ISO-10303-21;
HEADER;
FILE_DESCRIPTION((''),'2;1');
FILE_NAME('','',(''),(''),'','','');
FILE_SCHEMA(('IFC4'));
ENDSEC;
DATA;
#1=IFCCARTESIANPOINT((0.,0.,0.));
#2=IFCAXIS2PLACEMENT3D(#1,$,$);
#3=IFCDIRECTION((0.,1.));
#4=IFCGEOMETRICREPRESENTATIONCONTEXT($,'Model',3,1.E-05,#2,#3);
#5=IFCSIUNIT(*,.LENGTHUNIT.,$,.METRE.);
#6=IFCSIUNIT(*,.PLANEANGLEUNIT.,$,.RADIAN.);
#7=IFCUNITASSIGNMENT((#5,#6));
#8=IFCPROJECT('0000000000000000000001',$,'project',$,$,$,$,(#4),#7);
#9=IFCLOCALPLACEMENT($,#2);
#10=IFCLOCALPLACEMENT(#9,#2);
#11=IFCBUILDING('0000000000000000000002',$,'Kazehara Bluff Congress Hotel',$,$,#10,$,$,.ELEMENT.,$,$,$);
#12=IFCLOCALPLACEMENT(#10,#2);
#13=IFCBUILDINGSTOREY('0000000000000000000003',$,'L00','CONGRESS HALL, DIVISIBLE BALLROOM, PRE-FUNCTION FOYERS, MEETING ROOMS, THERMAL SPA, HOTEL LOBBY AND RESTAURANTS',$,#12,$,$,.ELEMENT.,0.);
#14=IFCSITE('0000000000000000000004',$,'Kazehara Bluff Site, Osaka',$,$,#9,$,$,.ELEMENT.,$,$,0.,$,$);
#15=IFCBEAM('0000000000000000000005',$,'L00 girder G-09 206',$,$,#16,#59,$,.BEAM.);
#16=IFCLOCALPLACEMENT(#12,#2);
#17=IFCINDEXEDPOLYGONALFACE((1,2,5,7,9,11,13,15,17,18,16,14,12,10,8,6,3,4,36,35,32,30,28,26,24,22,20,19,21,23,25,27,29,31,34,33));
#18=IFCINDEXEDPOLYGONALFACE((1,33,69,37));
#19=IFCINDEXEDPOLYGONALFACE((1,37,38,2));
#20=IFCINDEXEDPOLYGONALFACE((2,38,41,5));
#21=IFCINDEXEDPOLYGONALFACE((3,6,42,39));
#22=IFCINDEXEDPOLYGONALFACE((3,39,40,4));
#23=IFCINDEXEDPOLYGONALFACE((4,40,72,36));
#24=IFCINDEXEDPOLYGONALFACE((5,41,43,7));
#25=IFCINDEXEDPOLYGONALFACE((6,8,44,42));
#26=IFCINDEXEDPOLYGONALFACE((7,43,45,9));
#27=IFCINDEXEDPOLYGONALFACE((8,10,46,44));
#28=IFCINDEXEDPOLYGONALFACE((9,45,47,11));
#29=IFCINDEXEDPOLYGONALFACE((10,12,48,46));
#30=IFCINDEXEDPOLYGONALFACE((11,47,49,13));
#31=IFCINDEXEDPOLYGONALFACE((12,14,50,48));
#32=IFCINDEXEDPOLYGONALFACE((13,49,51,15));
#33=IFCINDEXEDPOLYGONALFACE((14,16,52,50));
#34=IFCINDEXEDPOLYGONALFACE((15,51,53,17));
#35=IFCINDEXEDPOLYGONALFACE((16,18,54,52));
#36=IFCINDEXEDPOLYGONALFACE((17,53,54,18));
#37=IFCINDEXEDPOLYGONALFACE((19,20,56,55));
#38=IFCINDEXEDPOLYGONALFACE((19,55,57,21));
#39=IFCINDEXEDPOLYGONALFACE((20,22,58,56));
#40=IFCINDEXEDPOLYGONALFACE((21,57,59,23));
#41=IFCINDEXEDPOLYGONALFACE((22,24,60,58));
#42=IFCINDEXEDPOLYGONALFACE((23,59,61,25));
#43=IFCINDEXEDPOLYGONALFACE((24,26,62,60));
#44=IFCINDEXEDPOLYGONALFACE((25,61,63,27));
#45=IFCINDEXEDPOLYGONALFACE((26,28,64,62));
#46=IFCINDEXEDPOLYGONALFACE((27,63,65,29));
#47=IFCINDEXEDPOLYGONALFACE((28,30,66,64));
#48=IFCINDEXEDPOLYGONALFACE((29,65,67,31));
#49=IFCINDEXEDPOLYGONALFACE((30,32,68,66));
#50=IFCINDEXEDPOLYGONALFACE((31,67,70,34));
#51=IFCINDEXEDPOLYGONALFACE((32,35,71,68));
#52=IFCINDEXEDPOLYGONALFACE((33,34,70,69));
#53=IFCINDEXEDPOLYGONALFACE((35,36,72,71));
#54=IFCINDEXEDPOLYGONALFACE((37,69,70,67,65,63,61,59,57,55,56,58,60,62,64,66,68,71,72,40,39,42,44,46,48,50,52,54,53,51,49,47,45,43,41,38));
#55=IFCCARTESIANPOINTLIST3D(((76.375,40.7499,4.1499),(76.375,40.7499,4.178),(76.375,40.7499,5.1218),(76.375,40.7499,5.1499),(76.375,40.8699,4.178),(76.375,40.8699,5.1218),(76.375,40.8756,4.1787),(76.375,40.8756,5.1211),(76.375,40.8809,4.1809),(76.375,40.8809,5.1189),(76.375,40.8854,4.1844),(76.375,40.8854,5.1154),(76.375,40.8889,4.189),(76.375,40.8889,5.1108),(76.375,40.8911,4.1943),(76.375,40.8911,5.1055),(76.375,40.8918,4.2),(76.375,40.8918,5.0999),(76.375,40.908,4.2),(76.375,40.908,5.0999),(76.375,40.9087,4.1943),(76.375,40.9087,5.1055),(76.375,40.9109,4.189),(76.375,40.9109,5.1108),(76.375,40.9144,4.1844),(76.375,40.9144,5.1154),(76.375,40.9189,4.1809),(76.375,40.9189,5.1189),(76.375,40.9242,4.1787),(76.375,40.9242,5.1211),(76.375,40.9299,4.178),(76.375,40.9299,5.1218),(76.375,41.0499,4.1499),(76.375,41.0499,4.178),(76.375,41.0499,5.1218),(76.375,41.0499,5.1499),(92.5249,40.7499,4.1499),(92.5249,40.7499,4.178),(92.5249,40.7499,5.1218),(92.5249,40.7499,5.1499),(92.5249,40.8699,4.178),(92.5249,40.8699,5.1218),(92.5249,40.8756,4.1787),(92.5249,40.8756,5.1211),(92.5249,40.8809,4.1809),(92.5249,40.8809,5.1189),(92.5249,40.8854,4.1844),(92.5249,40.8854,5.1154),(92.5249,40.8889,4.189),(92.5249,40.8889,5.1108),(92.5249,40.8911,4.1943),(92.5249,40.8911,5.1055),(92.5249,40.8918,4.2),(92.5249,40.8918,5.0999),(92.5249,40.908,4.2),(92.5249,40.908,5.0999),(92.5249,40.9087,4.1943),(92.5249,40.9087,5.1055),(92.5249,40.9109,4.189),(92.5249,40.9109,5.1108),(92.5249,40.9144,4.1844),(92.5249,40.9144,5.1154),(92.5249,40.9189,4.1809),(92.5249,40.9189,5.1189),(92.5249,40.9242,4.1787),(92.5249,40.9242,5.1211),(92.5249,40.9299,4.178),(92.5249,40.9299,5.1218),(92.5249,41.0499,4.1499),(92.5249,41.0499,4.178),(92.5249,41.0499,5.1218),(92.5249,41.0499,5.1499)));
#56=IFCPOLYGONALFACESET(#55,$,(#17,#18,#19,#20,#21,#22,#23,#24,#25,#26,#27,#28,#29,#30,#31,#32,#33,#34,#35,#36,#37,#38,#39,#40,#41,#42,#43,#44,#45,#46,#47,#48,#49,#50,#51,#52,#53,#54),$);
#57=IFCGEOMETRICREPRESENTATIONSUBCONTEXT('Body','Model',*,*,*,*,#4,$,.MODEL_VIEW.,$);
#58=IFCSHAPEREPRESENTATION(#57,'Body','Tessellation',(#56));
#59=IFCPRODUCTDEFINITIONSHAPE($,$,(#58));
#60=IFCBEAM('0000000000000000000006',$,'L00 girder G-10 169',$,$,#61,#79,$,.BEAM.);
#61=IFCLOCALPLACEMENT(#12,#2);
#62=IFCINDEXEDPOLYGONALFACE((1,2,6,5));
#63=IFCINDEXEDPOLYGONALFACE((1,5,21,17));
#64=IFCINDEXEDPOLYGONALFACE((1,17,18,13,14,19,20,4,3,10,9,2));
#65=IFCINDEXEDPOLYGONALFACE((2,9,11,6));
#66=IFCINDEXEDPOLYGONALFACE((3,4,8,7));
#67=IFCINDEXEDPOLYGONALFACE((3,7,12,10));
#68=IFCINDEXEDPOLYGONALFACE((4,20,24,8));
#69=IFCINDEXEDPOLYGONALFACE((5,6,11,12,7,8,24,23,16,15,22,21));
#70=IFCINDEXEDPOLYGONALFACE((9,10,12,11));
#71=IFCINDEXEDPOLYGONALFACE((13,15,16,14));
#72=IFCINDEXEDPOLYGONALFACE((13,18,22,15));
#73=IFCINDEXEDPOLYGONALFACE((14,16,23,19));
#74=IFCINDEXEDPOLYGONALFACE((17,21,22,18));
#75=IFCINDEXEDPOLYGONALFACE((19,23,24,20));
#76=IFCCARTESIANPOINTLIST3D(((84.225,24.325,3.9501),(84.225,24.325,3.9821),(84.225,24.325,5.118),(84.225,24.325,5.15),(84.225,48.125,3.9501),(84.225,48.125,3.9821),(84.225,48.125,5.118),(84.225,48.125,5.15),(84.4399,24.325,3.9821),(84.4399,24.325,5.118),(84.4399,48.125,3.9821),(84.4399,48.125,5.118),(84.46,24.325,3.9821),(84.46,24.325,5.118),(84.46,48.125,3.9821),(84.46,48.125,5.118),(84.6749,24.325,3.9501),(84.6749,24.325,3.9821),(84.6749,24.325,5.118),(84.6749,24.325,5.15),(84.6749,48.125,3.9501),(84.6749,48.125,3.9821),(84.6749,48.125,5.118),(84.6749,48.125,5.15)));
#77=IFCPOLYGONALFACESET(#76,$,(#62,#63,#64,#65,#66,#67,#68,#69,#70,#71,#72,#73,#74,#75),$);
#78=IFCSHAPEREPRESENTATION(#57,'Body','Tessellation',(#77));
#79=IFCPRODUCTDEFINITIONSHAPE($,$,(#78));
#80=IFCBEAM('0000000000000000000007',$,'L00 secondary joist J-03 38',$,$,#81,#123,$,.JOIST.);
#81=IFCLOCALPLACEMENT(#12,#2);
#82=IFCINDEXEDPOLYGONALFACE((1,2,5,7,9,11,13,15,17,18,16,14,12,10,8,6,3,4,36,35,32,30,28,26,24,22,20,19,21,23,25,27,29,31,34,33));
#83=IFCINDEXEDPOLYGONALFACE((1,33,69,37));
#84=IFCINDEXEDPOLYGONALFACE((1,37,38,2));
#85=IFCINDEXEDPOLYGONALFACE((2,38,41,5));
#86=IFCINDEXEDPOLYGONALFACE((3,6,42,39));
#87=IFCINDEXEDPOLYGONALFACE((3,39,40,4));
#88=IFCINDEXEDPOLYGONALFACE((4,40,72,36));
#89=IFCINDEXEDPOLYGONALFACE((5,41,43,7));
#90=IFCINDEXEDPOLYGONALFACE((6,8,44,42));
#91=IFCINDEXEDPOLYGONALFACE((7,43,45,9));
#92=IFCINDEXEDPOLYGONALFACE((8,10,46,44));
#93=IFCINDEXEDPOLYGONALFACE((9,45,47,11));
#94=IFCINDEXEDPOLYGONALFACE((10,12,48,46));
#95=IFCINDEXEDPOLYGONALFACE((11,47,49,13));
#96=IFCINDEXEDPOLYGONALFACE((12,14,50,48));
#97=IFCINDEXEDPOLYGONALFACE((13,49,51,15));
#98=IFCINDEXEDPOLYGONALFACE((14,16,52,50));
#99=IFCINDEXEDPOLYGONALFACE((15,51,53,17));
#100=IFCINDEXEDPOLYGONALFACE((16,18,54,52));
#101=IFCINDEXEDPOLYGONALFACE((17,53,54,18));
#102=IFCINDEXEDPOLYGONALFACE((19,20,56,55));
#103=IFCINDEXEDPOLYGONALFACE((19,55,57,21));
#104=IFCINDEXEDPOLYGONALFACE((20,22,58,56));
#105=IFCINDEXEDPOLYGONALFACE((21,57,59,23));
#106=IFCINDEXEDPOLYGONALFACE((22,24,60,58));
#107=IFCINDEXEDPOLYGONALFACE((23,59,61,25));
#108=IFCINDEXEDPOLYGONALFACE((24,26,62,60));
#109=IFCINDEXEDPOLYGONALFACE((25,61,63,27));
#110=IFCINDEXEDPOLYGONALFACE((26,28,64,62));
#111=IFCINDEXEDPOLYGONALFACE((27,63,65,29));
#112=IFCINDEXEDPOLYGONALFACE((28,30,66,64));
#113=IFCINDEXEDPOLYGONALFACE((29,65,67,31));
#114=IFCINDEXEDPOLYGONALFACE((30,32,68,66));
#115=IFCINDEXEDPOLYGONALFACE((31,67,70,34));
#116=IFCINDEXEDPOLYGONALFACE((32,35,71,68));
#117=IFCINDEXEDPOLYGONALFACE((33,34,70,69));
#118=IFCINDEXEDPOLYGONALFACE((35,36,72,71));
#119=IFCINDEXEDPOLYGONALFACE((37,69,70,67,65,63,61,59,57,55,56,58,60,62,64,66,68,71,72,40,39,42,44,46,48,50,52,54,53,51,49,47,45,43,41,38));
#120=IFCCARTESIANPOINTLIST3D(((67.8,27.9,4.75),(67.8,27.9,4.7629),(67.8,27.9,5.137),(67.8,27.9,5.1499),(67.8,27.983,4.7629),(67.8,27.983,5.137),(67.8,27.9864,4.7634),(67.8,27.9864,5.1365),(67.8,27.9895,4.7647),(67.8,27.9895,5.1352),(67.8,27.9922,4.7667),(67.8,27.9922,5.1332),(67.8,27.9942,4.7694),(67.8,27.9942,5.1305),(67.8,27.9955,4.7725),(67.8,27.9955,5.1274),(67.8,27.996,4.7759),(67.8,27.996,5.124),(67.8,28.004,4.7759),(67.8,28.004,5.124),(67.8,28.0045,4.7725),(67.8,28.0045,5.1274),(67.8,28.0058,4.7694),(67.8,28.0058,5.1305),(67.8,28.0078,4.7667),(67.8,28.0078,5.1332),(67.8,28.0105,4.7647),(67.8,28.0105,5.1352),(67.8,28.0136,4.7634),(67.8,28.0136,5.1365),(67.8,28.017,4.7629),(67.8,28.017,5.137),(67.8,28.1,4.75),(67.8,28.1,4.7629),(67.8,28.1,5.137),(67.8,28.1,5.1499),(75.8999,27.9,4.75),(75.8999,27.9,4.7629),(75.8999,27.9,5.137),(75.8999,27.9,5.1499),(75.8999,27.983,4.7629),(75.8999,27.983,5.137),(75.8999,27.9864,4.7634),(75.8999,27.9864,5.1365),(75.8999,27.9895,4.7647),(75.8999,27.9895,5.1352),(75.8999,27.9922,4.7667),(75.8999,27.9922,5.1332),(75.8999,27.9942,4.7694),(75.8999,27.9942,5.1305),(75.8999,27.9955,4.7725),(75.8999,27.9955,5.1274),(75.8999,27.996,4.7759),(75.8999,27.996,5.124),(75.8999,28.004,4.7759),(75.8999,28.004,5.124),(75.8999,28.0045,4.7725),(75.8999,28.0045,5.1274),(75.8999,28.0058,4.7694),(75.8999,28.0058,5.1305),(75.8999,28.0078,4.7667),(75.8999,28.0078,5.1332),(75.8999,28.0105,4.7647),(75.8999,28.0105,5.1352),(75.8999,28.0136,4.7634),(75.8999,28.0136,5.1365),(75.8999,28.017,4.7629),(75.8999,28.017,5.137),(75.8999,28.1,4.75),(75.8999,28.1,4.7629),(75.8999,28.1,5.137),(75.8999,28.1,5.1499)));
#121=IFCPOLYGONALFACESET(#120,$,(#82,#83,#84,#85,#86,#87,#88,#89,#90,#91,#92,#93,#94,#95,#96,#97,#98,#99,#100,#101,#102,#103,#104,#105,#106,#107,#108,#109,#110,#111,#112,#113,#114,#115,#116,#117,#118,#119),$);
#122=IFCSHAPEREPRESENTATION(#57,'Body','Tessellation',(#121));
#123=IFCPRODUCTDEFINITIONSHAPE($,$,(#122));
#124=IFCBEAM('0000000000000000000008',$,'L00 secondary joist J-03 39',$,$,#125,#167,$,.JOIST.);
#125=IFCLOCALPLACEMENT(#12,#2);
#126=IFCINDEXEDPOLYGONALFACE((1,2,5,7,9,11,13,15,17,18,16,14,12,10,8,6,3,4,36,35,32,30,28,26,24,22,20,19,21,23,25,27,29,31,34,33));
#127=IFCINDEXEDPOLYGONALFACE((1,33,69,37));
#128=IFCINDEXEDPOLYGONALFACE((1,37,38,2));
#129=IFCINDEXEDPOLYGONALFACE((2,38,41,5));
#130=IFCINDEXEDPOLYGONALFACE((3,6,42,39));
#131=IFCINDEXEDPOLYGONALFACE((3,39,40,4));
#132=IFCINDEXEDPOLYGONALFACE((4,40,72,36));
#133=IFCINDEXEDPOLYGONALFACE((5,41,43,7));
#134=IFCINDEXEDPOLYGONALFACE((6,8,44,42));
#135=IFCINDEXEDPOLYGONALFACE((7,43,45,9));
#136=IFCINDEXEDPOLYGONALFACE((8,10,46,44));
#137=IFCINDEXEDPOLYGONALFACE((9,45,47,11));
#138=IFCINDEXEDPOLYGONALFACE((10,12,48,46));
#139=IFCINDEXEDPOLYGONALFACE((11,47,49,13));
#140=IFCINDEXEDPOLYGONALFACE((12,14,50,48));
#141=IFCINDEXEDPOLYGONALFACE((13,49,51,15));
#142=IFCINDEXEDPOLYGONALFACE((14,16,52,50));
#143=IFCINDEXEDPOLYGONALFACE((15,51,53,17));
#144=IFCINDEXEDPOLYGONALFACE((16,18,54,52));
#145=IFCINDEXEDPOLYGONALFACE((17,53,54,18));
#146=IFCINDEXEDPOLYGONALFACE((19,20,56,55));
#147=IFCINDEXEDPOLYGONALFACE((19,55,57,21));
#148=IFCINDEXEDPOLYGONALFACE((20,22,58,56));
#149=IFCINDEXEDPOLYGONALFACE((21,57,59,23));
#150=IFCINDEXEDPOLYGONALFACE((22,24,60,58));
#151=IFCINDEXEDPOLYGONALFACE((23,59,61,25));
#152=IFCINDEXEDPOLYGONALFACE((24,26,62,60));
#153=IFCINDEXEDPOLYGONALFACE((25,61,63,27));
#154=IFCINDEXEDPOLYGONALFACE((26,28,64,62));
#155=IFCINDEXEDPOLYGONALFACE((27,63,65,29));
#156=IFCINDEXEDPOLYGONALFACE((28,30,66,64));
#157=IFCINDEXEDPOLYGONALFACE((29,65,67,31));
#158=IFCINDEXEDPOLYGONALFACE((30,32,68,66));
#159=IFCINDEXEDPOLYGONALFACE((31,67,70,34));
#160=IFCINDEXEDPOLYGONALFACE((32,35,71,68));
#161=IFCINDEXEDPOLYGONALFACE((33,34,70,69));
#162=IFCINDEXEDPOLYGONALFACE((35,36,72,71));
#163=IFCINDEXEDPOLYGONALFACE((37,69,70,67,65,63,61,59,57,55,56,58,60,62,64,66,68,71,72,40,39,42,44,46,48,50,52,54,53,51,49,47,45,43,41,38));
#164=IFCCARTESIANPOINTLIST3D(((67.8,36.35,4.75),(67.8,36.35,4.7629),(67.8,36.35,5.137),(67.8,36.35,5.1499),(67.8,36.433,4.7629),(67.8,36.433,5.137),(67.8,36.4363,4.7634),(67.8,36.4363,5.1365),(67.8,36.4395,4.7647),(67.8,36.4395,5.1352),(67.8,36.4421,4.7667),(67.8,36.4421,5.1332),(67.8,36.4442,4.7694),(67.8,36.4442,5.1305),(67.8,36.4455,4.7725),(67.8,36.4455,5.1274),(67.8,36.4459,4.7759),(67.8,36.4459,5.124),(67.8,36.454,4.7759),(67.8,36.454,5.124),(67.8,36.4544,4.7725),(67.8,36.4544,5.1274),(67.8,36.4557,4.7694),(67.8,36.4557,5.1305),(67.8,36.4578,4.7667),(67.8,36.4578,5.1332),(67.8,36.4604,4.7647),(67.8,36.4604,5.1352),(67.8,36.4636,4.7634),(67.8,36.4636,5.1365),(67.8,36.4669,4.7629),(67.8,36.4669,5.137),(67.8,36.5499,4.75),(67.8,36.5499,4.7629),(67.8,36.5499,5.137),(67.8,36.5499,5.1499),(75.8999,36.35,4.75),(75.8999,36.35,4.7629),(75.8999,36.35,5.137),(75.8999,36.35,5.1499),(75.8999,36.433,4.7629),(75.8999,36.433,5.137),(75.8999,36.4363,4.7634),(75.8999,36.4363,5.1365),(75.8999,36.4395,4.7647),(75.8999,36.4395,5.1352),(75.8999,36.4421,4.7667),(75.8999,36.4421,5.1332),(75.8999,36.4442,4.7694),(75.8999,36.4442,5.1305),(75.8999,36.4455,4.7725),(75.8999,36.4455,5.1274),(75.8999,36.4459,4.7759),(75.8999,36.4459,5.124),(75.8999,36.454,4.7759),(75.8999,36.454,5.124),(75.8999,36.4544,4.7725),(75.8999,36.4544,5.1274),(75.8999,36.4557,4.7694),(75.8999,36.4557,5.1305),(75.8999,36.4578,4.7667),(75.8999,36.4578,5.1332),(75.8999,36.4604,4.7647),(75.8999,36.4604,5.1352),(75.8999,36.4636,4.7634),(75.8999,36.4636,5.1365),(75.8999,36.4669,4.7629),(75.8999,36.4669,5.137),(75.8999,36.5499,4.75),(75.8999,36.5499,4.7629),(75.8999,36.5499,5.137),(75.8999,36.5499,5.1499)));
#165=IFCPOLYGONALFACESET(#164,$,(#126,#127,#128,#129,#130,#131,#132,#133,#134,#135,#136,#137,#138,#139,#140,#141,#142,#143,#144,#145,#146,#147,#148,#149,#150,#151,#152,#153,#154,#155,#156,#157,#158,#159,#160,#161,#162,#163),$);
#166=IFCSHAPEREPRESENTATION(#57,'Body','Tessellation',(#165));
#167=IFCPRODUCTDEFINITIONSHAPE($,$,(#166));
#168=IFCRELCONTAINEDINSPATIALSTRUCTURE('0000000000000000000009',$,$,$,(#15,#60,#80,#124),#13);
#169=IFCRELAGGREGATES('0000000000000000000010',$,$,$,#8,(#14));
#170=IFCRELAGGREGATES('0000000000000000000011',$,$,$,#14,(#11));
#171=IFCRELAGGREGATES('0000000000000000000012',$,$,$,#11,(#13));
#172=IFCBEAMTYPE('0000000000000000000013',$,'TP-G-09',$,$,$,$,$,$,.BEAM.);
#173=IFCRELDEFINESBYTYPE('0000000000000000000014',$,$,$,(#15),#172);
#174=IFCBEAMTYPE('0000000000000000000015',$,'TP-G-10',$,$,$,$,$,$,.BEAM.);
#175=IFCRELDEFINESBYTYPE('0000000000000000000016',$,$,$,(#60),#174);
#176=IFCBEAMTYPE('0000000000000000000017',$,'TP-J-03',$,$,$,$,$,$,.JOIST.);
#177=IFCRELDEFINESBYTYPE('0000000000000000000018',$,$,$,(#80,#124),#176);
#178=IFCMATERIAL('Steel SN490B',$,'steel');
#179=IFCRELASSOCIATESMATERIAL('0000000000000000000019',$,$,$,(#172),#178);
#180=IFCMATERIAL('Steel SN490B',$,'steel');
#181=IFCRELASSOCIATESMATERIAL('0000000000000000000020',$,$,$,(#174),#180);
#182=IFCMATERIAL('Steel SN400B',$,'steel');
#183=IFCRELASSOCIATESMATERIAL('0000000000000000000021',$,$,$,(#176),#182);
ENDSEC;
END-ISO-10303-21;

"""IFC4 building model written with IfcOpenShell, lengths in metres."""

from ifc_helpers import new_model, si_unit, direction, frame, origin, origin_2d, place, context, subcontext, project, spatial, i_section, extrude, material, material_profile, profile_set, type_object, element, save


model = new_model("IFC4")

# Units and contexts
model_context = context("Model", 3, precision=1e-05, world=origin(), true_north=direction((0.0, 1.0)))
body_context = subcontext(model_context, "Body", "Model", "MODEL_VIEW")
ifc_project = project(units=[si_unit("LENGTHUNIT", "METRE"), si_unit("PLANEANGLEUNIT", "RADIAN")], contexts=[model_context])

# Site, building, storey
site_placement = place(None, origin())
site = spatial("IfcSite", under=ifc_project, at=site_placement, Name="Kazehara Bluff Site, Osaka", CompositionType="ELEMENT", RefElevation=0.0)
building_placement = place(site_placement, origin())
building = spatial("IfcBuilding", under=site, at=building_placement, Name="Kazehara Bluff Congress Hotel", CompositionType="ELEMENT")
storey_placement = place(building_placement, origin())
storey = spatial("IfcBuildingStorey", under=building, at=storey_placement, Name="L00", Description="CONGRESS HALL, DIVISIBLE BALLROOM, PRE-FUNCTION FOYERS, MEETING ROOMS, THERMAL SPA, HOTEL LOBBY AND RESTAURANTS", CompositionType="ELEMENT", Elevation=0.0)

# Beams
ifc_material_1 = material(Name="Steel SN490B", Category="steel")
ifc_material_profile_1 = material_profile(ifc_material_1, i_section(OverallWidth=0.3, OverallDepth=1.0, WebThickness=0.0161, FlangeThickness=0.0281, FilletRadius=0.022, at=origin_2d()))
ifc_profile_set_1 = profile_set([ifc_material_profile_1], Name="Steel SN490B")
beam_type_1 = type_object("IfcBeamType", Name="TP-G-09", PredefinedType="BEAM", material=ifc_profile_set_1)
for number, where, z_axis, x_axis, name in (
    (1, (76.375, 40.8999, 4.6499), (1.0, 0.0, 0.0), (0.0, 1.0, 0.0), "L00 girder G-09 206"),
):
    element("IfcBeam", number, at=place(storey_placement, frame(where, z_axis=z_axis, x_axis=x_axis)), inside=storey, type_object=beam_type_1, Name=name, PredefinedType="BEAM", context=body_context, shape_type="SweptSolid", body=[
        extrude(i_section(OverallWidth=0.3, OverallDepth=1.0, WebThickness=0.0161, FlangeThickness=0.0281, FilletRadius=0.022, at=origin_2d()), origin(), (0.0, 0.0, 1.0), 16.1499),
    ])
ifc_material_2 = material(Name="Steel SN490B", Category="steel")
ifc_material_profile_2 = material_profile(ifc_material_2, i_section(OverallWidth=0.45, OverallDepth=1.2, WebThickness=0.02, FlangeThickness=0.032, at=origin_2d()))
ifc_profile_set_2 = profile_set([ifc_material_profile_2], Name="Steel SN490B")
beam_type_2 = type_object("IfcBeamType", Name="TP-G-10", PredefinedType="BEAM", material=ifc_profile_set_2)
beam_1_placement = place(storey_placement, frame((84.45, 24.325, 4.55), z_axis=(0.0, 1.0, 0.0), x_axis=(-1.0, 0.0, 0.0)))
element("IfcBeam", 2, at=beam_1_placement, inside=storey, type_object=beam_type_2, Name="L00 girder G-10 169", PredefinedType="BEAM", context=body_context, shape_type="SweptSolid", body=[
    extrude(i_section(OverallWidth=0.45, OverallDepth=1.2, WebThickness=0.02, FlangeThickness=0.032, at=origin_2d()), origin(), (0.0, 0.0, 1.0), 23.8),
])
ifc_material_3 = material(Name="Steel SN400B", Category="steel")
ifc_material_profile_3 = material_profile(ifc_material_3, i_section(OverallWidth=0.2, OverallDepth=0.3999, WebThickness=0.0081, FlangeThickness=0.0129, FilletRadius=0.0129, at=origin_2d()))
ifc_profile_set_3 = profile_set([ifc_material_profile_3], Name="Steel SN400B")
beam_type_3 = type_object("IfcBeamType", Name="TP-J-03", PredefinedType="JOIST", material=ifc_profile_set_3)
for number, where, z_axis, x_axis, name in (
    (3, (67.8, 28.0, 4.95), (1.0, 0.0, 0.0), (0.0, 1.0, 0.0), "L00 secondary joist J-03 38"),
    (4, (67.8, 36.45, 4.95), (1.0, 0.0, 0.0), (0.0, 1.0, 0.0), "L00 secondary joist J-03 39"),
):
    element("IfcBeam", number, at=place(storey_placement, frame(where, z_axis=z_axis, x_axis=x_axis)), inside=storey, type_object=beam_type_3, Name=name, PredefinedType="JOIST", context=body_context, shape_type="SweptSolid", body=[
        extrude(i_section(OverallWidth=0.2, OverallDepth=0.3999, WebThickness=0.0081, FlangeThickness=0.0129, FilletRadius=0.0129, at=origin_2d()), origin(), (0.0, 0.0, 1.0), 8.0999),
    ])

save(model, "model.ifc")
